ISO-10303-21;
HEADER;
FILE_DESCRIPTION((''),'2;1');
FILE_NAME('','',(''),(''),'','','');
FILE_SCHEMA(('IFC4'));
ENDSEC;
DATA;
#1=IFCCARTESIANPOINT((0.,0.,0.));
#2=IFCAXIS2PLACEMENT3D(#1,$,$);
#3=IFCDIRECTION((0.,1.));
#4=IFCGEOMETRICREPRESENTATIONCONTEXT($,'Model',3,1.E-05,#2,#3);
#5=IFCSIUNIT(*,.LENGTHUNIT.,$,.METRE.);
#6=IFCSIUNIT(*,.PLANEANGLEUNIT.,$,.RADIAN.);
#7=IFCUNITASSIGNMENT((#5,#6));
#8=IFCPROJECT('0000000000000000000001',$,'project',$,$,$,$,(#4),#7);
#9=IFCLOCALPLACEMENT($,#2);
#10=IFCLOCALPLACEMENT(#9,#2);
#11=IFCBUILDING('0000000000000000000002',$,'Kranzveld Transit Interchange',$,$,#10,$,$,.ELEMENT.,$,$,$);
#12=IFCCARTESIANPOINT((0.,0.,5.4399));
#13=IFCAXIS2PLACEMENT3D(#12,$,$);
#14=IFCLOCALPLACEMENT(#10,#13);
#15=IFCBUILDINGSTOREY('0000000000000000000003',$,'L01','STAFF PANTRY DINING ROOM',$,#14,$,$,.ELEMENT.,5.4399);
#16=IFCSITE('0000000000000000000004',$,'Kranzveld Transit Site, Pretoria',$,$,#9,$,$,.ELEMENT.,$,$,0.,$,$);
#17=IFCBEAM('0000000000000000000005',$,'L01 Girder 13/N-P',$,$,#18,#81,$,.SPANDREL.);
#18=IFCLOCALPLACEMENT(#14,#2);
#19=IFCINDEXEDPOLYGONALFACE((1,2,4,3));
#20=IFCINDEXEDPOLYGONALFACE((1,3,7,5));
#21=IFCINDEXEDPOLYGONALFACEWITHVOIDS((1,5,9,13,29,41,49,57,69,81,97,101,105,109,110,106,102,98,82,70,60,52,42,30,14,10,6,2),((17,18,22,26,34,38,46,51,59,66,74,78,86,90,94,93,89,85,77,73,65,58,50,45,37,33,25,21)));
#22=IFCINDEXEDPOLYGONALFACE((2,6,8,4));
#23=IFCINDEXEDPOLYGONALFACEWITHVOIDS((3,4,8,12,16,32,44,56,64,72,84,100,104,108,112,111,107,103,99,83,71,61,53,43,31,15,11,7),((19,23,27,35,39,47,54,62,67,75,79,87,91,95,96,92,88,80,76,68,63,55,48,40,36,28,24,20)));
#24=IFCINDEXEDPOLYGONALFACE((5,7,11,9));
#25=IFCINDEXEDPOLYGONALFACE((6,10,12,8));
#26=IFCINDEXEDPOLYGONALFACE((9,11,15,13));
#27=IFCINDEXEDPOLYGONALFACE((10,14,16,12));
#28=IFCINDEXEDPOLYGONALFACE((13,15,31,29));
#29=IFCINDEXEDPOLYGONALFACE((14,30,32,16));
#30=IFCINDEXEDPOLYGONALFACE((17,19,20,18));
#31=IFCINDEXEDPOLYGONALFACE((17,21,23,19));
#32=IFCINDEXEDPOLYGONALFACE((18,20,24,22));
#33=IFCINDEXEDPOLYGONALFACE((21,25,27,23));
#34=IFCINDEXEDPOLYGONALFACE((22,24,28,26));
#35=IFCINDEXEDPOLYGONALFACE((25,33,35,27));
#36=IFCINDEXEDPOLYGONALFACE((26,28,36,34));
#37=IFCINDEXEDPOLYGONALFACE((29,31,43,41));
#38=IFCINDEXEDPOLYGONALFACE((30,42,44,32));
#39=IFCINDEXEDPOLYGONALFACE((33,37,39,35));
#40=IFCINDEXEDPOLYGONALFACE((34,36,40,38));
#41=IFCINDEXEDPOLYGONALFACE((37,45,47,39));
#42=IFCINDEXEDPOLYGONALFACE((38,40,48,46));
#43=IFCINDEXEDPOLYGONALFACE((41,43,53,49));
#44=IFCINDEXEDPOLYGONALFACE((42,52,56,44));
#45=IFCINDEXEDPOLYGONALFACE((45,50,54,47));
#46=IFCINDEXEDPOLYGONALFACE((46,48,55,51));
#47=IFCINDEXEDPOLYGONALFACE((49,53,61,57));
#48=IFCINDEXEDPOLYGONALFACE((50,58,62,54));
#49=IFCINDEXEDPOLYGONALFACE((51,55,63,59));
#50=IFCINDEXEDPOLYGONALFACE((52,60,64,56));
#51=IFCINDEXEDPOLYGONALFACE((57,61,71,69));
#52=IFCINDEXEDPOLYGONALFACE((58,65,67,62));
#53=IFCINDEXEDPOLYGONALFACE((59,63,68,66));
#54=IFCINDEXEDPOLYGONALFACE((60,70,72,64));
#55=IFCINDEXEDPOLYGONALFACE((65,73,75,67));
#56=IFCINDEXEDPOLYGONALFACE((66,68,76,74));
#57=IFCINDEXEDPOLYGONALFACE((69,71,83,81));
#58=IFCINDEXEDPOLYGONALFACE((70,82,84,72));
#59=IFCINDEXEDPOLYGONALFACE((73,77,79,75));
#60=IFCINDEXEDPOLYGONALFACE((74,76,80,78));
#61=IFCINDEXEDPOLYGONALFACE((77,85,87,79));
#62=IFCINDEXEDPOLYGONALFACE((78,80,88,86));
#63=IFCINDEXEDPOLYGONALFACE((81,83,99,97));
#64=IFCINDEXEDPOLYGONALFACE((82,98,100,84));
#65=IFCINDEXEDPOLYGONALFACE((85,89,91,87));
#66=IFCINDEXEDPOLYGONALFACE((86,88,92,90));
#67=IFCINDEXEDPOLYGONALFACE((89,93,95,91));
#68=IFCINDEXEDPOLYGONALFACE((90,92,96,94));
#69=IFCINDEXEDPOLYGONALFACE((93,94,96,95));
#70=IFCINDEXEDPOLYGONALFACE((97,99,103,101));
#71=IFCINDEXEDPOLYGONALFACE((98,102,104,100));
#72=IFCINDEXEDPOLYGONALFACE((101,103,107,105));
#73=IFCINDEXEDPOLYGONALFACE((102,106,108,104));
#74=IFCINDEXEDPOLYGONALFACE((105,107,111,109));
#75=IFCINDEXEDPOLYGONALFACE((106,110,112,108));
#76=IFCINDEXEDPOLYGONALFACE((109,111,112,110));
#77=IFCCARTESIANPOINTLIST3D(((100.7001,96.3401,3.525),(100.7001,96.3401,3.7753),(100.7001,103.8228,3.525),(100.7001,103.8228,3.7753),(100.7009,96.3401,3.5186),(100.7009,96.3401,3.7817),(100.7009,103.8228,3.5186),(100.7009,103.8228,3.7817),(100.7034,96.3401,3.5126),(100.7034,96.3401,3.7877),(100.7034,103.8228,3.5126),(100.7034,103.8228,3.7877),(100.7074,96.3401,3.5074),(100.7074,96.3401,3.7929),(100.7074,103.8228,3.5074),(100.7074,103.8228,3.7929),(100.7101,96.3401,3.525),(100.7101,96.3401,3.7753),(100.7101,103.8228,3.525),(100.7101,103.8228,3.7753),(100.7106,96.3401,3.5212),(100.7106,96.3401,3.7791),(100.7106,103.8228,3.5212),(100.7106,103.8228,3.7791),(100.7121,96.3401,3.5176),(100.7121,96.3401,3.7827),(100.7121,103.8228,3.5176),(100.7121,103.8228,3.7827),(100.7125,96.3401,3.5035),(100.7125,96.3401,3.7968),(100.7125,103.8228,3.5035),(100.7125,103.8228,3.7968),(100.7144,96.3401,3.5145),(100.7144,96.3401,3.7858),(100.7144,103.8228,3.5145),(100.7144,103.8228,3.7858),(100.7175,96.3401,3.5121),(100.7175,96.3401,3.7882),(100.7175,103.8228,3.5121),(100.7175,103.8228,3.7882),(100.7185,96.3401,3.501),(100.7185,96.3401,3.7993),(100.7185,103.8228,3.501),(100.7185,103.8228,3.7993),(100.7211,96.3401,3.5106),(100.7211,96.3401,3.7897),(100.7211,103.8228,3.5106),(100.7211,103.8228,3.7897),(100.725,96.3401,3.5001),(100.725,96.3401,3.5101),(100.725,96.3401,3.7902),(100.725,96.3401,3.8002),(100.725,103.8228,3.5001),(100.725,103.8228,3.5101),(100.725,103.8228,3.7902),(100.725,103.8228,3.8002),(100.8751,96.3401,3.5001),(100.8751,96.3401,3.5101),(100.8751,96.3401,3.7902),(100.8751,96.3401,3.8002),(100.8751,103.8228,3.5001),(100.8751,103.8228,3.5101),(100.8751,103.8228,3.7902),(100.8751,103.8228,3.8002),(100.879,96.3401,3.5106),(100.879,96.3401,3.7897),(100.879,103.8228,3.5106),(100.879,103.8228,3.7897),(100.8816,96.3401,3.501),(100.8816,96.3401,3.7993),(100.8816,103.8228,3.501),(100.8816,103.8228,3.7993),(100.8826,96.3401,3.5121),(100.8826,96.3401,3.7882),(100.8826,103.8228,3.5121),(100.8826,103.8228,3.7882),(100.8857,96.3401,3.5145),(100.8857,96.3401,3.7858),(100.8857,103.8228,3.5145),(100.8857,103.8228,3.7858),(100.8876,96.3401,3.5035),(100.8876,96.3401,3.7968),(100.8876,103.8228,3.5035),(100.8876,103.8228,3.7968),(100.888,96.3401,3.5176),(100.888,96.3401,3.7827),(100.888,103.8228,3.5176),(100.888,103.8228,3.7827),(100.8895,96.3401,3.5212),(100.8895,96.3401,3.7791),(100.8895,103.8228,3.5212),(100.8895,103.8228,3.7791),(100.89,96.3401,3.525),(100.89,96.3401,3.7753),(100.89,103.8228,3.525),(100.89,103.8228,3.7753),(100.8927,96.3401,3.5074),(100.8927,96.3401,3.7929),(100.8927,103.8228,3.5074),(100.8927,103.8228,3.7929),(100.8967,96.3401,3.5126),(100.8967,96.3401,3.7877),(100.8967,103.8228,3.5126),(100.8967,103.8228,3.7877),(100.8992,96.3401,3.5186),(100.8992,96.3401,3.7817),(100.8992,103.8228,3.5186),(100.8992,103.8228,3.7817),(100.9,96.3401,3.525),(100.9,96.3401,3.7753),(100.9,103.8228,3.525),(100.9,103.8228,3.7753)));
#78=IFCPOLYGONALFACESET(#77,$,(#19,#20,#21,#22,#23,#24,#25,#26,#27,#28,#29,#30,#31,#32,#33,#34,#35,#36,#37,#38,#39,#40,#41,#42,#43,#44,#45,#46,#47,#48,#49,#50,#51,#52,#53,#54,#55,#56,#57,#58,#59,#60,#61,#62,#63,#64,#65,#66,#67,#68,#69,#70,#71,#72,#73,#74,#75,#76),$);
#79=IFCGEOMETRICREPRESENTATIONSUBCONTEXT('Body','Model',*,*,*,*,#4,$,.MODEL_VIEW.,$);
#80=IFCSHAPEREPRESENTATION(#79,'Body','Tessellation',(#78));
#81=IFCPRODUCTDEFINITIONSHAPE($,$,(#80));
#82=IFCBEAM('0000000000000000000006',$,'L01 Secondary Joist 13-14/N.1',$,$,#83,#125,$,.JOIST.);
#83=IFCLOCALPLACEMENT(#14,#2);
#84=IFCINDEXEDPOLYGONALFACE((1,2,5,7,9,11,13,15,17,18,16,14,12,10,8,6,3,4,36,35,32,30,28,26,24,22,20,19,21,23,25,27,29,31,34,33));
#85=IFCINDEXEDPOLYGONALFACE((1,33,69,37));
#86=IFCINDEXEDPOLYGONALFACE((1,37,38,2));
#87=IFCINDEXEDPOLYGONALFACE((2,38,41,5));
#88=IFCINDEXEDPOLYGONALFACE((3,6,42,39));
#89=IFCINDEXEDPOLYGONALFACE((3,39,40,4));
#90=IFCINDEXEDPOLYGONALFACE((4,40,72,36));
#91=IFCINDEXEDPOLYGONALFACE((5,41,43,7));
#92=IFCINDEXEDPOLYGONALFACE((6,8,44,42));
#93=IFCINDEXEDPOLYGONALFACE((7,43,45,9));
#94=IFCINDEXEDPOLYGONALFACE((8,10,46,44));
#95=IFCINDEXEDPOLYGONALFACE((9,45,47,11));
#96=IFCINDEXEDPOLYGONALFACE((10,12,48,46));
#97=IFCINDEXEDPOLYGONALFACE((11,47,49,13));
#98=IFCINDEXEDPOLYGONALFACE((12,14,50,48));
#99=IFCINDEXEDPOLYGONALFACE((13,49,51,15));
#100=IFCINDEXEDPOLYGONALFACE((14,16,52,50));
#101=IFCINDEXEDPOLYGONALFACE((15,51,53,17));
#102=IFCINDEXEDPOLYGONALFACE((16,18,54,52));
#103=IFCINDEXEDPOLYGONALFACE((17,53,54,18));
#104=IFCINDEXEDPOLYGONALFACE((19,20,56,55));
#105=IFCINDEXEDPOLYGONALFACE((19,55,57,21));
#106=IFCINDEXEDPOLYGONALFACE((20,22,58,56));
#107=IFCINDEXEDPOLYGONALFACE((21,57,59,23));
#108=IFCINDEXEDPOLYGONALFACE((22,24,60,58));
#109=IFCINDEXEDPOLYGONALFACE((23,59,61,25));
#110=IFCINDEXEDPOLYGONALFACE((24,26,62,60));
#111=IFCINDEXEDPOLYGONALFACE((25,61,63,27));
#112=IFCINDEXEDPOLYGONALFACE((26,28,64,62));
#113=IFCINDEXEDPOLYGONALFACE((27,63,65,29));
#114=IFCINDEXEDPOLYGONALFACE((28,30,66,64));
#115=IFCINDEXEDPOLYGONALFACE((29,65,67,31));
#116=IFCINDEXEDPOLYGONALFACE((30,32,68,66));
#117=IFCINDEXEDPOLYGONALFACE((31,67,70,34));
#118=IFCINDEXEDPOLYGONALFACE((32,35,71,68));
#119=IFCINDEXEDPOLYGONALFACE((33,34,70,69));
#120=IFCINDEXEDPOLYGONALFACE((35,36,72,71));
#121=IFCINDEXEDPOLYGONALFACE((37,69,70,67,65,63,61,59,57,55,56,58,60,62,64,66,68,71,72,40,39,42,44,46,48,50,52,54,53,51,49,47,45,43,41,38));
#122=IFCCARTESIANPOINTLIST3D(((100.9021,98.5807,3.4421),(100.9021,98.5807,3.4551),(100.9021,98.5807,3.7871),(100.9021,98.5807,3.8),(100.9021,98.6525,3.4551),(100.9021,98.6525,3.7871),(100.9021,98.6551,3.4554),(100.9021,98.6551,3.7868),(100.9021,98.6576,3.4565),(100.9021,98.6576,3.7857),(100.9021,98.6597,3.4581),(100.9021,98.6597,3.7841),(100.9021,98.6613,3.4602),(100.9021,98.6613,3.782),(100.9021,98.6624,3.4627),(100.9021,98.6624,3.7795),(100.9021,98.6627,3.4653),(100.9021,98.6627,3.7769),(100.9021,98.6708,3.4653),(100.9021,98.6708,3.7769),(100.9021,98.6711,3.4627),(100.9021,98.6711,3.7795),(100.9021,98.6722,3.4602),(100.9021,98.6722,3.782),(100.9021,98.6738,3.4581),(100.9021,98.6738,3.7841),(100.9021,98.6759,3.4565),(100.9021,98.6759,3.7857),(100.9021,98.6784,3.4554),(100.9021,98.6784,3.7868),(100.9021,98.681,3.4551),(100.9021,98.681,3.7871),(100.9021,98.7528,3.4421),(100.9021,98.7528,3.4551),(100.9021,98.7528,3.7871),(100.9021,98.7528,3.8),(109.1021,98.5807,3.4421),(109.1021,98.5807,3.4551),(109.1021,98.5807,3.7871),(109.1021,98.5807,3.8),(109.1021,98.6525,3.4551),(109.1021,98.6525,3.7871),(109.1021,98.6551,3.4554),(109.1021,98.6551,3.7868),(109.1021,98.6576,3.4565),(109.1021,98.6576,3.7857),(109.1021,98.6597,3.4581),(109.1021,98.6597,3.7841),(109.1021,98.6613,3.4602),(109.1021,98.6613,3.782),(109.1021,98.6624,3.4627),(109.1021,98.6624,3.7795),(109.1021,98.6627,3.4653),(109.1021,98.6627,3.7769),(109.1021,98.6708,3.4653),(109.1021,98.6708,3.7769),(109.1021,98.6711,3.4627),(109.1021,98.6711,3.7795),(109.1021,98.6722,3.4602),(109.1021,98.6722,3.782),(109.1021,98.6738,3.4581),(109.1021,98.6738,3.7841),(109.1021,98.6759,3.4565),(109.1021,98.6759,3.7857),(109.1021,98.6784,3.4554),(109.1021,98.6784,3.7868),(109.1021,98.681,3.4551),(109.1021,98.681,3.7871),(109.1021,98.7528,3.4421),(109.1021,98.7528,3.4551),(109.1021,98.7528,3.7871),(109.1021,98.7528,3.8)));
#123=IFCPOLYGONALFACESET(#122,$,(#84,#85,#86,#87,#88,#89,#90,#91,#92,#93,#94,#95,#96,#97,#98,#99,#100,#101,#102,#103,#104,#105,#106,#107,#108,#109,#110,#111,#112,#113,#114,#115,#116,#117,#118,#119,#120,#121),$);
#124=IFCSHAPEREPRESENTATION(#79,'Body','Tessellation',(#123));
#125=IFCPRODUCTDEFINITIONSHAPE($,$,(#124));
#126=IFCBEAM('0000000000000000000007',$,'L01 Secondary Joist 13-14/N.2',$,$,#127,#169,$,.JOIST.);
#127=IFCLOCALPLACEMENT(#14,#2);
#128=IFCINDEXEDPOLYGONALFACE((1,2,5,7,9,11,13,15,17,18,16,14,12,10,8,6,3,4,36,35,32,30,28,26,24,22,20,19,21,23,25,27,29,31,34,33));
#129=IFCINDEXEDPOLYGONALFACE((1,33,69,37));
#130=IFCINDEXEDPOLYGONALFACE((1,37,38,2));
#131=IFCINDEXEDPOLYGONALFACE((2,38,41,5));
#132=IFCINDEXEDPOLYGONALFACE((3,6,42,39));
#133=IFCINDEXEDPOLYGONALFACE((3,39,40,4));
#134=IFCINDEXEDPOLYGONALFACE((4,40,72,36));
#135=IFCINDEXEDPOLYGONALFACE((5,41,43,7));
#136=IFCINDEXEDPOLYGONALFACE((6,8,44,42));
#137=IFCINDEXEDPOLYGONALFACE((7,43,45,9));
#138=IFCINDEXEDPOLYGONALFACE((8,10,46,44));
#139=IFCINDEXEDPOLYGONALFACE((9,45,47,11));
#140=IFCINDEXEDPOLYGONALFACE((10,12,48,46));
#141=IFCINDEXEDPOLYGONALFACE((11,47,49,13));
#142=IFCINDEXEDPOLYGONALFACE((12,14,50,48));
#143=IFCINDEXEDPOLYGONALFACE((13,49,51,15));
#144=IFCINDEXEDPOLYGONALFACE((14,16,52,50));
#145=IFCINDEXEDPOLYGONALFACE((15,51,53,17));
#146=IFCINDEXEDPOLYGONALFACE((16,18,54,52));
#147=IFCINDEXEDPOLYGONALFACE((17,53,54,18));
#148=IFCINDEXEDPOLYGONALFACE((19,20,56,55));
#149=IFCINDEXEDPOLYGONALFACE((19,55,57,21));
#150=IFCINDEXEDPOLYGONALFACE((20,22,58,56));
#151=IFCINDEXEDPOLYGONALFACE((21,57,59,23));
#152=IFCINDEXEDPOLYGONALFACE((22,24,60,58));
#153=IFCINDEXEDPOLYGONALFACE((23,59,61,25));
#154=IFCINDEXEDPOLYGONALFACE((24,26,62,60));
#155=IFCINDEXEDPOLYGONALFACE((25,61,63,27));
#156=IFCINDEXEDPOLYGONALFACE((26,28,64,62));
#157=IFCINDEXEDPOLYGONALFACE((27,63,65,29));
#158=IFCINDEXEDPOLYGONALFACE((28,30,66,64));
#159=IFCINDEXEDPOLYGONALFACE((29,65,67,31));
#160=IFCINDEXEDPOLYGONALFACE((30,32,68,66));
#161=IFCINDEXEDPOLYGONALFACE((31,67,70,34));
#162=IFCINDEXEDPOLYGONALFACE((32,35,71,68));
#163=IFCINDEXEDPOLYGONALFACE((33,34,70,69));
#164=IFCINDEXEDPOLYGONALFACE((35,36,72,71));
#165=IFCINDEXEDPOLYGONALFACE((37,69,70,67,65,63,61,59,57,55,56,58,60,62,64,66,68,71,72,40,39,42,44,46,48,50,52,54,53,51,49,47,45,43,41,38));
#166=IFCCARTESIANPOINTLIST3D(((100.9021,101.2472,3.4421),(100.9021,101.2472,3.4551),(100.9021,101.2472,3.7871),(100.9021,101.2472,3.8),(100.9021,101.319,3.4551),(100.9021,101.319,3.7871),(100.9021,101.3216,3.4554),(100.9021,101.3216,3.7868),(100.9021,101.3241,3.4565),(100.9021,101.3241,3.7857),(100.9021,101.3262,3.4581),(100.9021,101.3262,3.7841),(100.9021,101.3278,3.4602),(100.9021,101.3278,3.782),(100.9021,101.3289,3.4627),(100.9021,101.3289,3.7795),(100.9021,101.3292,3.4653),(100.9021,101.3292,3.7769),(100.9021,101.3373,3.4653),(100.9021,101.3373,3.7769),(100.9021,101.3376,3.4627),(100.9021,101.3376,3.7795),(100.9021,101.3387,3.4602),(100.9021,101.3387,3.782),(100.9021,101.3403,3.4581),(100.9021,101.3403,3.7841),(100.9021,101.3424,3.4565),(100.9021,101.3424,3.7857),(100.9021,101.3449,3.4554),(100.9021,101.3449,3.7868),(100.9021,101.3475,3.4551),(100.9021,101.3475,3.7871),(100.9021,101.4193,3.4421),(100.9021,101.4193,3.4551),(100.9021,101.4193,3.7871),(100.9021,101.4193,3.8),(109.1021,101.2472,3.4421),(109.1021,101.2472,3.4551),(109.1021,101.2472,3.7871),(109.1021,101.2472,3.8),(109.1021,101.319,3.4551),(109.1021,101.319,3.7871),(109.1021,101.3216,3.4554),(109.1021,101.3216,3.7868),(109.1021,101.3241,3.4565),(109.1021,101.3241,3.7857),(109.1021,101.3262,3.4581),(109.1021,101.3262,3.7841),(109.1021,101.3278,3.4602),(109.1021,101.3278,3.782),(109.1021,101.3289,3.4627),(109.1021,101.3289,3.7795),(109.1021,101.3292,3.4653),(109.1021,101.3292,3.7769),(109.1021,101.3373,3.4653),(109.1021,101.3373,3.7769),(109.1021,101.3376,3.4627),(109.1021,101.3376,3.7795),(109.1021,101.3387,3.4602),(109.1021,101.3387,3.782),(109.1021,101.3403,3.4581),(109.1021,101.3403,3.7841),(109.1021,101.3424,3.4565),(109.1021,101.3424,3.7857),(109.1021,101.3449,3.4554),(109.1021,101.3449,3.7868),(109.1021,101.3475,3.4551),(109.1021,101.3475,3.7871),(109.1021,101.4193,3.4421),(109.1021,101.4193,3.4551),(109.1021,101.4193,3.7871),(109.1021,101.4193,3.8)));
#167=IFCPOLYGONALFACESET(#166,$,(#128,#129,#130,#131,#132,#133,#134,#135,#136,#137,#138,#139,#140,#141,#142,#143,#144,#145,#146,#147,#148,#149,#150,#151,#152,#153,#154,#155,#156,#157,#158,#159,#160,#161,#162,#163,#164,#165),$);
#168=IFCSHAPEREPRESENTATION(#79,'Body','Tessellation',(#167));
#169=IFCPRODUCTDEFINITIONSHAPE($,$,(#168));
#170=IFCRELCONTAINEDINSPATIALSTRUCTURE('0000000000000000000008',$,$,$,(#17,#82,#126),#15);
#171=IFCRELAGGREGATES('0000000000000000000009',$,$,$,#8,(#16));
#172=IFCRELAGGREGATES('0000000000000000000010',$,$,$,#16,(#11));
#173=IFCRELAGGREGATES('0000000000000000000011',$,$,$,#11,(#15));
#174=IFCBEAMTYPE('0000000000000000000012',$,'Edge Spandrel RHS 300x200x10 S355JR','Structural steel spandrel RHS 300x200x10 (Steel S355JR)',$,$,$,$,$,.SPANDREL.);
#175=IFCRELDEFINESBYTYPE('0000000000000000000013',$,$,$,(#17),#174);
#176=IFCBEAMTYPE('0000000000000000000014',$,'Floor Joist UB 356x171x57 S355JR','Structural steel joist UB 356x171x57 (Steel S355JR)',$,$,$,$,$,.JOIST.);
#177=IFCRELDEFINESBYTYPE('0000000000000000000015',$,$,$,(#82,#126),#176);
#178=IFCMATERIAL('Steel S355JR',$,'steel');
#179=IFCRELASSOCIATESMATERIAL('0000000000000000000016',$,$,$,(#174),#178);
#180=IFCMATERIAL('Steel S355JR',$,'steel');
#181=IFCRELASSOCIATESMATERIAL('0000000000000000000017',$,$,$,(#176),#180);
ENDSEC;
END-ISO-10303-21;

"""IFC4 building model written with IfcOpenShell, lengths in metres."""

from ifc_helpers import new_model, si_unit, direction, frame, origin, origin_2d, place, context, subcontext, project, spatial, hollow_rectangle, i_section, extrude, material, material_profile, profile_set, type_object, element, save


model = new_model("IFC4")

# Units and contexts
model_context = context("Model", 3, precision=1e-05, world=origin(), true_north=direction((0.0, 1.0)))
body_context = subcontext(model_context, "Body", "Model", "MODEL_VIEW")
ifc_project = project(units=[si_unit("LENGTHUNIT", "METRE"), si_unit("PLANEANGLEUNIT", "RADIAN")], contexts=[model_context])

# Site, building, storey
site_placement = place(None, origin())
site = spatial("IfcSite", under=ifc_project, at=site_placement, Name="Kranzveld Transit Site, Pretoria", CompositionType="ELEMENT", RefElevation=0.0)
building_placement = place(site_placement, origin())
building = spatial("IfcBuilding", under=site, at=building_placement, Name="Kranzveld Transit Interchange", CompositionType="ELEMENT")
storey_placement = place(building_placement, frame((0.0, 0.0, 5.4399)))
storey = spatial("IfcBuildingStorey", under=building, at=storey_placement, Name="L01", Description="STAFF PANTRY DINING ROOM", CompositionType="ELEMENT", Elevation=5.4399)

# Beams
ifc_material_1 = material(Name="Steel S355JR", Category="steel")
ifc_material_profile_1 = material_profile(ifc_material_1, hollow_rectangle(XDim=0.2, YDim=0.3, WallThickness=0.01, InnerFilletRadius=0.0149, OuterFilletRadius=0.0249, at=origin_2d()), Name="RHS 300x200x10")
ifc_profile_set_1 = profile_set([ifc_material_profile_1], Name="Steel S355JR")
beam_type_1 = type_object("IfcBeamType", Name="Edge Spandrel RHS 300x200x10 S355JR", Description="Structural steel spandrel RHS 300x200x10 (Steel S355JR)", PredefinedType="SPANDREL", material=ifc_profile_set_1)
beam_1_placement = place(storey_placement, frame((100.8, 96.3401, 3.6501), z_axis=(0.0, 1.0, 0.0), x_axis=(-1.0, 0.0, 0.0)))
element("IfcBeam", 1, at=beam_1_placement, inside=storey, type_object=beam_type_1, Name="L01 Girder 13/N-P", PredefinedType="SPANDREL", context=body_context, shape_type="SweptSolid", body=[
    extrude(hollow_rectangle(XDim=0.2, YDim=0.3, WallThickness=0.01, InnerFilletRadius=0.0149, OuterFilletRadius=0.0249, at=origin_2d()), origin(), (0.0, 0.0, 1.0), 7.4827),
])
ifc_material_2 = material(Name="Steel S355JR", Category="steel")
ifc_material_profile_2 = material_profile(ifc_material_2, i_section(OverallWidth=0.1721, OverallDepth=0.3579, WebThickness=0.0081, FlangeThickness=0.0129, FilletRadius=0.0103, at=origin_2d()), Name="UB 356x171x57")
ifc_profile_set_2 = profile_set([ifc_material_profile_2], Name="Steel S355JR")
beam_type_2 = type_object("IfcBeamType", Name="Floor Joist UB 356x171x57 S355JR", Description="Structural steel joist UB 356x171x57 (Steel S355JR)", PredefinedType="JOIST", material=ifc_profile_set_2)
for number, where, z_axis, x_axis, name in (
    (2, (100.9021, 98.6667, 3.6211), (1.0, 0.0, 0.0), (0.0, 1.0, 0.0), "L01 Secondary Joist 13-14/N.1"),
    (3, (100.9021, 101.3333, 3.6211), (1.0, 0.0, 0.0), (0.0, 1.0, 0.0), "L01 Secondary Joist 13-14/N.2"),
):
    element("IfcBeam", number, at=place(storey_placement, frame(where, z_axis=z_axis, x_axis=x_axis)), inside=storey, type_object=beam_type_2, Name=name, PredefinedType="JOIST", context=body_context, shape_type="SweptSolid", body=[
        extrude(i_section(OverallWidth=0.1721, OverallDepth=0.3579, WebThickness=0.0081, FlangeThickness=0.0129, FilletRadius=0.0103, at=origin_2d()), origin(), (0.0, 0.0, 1.0), 8.2),
    ])

save(model, "model.ifc")
